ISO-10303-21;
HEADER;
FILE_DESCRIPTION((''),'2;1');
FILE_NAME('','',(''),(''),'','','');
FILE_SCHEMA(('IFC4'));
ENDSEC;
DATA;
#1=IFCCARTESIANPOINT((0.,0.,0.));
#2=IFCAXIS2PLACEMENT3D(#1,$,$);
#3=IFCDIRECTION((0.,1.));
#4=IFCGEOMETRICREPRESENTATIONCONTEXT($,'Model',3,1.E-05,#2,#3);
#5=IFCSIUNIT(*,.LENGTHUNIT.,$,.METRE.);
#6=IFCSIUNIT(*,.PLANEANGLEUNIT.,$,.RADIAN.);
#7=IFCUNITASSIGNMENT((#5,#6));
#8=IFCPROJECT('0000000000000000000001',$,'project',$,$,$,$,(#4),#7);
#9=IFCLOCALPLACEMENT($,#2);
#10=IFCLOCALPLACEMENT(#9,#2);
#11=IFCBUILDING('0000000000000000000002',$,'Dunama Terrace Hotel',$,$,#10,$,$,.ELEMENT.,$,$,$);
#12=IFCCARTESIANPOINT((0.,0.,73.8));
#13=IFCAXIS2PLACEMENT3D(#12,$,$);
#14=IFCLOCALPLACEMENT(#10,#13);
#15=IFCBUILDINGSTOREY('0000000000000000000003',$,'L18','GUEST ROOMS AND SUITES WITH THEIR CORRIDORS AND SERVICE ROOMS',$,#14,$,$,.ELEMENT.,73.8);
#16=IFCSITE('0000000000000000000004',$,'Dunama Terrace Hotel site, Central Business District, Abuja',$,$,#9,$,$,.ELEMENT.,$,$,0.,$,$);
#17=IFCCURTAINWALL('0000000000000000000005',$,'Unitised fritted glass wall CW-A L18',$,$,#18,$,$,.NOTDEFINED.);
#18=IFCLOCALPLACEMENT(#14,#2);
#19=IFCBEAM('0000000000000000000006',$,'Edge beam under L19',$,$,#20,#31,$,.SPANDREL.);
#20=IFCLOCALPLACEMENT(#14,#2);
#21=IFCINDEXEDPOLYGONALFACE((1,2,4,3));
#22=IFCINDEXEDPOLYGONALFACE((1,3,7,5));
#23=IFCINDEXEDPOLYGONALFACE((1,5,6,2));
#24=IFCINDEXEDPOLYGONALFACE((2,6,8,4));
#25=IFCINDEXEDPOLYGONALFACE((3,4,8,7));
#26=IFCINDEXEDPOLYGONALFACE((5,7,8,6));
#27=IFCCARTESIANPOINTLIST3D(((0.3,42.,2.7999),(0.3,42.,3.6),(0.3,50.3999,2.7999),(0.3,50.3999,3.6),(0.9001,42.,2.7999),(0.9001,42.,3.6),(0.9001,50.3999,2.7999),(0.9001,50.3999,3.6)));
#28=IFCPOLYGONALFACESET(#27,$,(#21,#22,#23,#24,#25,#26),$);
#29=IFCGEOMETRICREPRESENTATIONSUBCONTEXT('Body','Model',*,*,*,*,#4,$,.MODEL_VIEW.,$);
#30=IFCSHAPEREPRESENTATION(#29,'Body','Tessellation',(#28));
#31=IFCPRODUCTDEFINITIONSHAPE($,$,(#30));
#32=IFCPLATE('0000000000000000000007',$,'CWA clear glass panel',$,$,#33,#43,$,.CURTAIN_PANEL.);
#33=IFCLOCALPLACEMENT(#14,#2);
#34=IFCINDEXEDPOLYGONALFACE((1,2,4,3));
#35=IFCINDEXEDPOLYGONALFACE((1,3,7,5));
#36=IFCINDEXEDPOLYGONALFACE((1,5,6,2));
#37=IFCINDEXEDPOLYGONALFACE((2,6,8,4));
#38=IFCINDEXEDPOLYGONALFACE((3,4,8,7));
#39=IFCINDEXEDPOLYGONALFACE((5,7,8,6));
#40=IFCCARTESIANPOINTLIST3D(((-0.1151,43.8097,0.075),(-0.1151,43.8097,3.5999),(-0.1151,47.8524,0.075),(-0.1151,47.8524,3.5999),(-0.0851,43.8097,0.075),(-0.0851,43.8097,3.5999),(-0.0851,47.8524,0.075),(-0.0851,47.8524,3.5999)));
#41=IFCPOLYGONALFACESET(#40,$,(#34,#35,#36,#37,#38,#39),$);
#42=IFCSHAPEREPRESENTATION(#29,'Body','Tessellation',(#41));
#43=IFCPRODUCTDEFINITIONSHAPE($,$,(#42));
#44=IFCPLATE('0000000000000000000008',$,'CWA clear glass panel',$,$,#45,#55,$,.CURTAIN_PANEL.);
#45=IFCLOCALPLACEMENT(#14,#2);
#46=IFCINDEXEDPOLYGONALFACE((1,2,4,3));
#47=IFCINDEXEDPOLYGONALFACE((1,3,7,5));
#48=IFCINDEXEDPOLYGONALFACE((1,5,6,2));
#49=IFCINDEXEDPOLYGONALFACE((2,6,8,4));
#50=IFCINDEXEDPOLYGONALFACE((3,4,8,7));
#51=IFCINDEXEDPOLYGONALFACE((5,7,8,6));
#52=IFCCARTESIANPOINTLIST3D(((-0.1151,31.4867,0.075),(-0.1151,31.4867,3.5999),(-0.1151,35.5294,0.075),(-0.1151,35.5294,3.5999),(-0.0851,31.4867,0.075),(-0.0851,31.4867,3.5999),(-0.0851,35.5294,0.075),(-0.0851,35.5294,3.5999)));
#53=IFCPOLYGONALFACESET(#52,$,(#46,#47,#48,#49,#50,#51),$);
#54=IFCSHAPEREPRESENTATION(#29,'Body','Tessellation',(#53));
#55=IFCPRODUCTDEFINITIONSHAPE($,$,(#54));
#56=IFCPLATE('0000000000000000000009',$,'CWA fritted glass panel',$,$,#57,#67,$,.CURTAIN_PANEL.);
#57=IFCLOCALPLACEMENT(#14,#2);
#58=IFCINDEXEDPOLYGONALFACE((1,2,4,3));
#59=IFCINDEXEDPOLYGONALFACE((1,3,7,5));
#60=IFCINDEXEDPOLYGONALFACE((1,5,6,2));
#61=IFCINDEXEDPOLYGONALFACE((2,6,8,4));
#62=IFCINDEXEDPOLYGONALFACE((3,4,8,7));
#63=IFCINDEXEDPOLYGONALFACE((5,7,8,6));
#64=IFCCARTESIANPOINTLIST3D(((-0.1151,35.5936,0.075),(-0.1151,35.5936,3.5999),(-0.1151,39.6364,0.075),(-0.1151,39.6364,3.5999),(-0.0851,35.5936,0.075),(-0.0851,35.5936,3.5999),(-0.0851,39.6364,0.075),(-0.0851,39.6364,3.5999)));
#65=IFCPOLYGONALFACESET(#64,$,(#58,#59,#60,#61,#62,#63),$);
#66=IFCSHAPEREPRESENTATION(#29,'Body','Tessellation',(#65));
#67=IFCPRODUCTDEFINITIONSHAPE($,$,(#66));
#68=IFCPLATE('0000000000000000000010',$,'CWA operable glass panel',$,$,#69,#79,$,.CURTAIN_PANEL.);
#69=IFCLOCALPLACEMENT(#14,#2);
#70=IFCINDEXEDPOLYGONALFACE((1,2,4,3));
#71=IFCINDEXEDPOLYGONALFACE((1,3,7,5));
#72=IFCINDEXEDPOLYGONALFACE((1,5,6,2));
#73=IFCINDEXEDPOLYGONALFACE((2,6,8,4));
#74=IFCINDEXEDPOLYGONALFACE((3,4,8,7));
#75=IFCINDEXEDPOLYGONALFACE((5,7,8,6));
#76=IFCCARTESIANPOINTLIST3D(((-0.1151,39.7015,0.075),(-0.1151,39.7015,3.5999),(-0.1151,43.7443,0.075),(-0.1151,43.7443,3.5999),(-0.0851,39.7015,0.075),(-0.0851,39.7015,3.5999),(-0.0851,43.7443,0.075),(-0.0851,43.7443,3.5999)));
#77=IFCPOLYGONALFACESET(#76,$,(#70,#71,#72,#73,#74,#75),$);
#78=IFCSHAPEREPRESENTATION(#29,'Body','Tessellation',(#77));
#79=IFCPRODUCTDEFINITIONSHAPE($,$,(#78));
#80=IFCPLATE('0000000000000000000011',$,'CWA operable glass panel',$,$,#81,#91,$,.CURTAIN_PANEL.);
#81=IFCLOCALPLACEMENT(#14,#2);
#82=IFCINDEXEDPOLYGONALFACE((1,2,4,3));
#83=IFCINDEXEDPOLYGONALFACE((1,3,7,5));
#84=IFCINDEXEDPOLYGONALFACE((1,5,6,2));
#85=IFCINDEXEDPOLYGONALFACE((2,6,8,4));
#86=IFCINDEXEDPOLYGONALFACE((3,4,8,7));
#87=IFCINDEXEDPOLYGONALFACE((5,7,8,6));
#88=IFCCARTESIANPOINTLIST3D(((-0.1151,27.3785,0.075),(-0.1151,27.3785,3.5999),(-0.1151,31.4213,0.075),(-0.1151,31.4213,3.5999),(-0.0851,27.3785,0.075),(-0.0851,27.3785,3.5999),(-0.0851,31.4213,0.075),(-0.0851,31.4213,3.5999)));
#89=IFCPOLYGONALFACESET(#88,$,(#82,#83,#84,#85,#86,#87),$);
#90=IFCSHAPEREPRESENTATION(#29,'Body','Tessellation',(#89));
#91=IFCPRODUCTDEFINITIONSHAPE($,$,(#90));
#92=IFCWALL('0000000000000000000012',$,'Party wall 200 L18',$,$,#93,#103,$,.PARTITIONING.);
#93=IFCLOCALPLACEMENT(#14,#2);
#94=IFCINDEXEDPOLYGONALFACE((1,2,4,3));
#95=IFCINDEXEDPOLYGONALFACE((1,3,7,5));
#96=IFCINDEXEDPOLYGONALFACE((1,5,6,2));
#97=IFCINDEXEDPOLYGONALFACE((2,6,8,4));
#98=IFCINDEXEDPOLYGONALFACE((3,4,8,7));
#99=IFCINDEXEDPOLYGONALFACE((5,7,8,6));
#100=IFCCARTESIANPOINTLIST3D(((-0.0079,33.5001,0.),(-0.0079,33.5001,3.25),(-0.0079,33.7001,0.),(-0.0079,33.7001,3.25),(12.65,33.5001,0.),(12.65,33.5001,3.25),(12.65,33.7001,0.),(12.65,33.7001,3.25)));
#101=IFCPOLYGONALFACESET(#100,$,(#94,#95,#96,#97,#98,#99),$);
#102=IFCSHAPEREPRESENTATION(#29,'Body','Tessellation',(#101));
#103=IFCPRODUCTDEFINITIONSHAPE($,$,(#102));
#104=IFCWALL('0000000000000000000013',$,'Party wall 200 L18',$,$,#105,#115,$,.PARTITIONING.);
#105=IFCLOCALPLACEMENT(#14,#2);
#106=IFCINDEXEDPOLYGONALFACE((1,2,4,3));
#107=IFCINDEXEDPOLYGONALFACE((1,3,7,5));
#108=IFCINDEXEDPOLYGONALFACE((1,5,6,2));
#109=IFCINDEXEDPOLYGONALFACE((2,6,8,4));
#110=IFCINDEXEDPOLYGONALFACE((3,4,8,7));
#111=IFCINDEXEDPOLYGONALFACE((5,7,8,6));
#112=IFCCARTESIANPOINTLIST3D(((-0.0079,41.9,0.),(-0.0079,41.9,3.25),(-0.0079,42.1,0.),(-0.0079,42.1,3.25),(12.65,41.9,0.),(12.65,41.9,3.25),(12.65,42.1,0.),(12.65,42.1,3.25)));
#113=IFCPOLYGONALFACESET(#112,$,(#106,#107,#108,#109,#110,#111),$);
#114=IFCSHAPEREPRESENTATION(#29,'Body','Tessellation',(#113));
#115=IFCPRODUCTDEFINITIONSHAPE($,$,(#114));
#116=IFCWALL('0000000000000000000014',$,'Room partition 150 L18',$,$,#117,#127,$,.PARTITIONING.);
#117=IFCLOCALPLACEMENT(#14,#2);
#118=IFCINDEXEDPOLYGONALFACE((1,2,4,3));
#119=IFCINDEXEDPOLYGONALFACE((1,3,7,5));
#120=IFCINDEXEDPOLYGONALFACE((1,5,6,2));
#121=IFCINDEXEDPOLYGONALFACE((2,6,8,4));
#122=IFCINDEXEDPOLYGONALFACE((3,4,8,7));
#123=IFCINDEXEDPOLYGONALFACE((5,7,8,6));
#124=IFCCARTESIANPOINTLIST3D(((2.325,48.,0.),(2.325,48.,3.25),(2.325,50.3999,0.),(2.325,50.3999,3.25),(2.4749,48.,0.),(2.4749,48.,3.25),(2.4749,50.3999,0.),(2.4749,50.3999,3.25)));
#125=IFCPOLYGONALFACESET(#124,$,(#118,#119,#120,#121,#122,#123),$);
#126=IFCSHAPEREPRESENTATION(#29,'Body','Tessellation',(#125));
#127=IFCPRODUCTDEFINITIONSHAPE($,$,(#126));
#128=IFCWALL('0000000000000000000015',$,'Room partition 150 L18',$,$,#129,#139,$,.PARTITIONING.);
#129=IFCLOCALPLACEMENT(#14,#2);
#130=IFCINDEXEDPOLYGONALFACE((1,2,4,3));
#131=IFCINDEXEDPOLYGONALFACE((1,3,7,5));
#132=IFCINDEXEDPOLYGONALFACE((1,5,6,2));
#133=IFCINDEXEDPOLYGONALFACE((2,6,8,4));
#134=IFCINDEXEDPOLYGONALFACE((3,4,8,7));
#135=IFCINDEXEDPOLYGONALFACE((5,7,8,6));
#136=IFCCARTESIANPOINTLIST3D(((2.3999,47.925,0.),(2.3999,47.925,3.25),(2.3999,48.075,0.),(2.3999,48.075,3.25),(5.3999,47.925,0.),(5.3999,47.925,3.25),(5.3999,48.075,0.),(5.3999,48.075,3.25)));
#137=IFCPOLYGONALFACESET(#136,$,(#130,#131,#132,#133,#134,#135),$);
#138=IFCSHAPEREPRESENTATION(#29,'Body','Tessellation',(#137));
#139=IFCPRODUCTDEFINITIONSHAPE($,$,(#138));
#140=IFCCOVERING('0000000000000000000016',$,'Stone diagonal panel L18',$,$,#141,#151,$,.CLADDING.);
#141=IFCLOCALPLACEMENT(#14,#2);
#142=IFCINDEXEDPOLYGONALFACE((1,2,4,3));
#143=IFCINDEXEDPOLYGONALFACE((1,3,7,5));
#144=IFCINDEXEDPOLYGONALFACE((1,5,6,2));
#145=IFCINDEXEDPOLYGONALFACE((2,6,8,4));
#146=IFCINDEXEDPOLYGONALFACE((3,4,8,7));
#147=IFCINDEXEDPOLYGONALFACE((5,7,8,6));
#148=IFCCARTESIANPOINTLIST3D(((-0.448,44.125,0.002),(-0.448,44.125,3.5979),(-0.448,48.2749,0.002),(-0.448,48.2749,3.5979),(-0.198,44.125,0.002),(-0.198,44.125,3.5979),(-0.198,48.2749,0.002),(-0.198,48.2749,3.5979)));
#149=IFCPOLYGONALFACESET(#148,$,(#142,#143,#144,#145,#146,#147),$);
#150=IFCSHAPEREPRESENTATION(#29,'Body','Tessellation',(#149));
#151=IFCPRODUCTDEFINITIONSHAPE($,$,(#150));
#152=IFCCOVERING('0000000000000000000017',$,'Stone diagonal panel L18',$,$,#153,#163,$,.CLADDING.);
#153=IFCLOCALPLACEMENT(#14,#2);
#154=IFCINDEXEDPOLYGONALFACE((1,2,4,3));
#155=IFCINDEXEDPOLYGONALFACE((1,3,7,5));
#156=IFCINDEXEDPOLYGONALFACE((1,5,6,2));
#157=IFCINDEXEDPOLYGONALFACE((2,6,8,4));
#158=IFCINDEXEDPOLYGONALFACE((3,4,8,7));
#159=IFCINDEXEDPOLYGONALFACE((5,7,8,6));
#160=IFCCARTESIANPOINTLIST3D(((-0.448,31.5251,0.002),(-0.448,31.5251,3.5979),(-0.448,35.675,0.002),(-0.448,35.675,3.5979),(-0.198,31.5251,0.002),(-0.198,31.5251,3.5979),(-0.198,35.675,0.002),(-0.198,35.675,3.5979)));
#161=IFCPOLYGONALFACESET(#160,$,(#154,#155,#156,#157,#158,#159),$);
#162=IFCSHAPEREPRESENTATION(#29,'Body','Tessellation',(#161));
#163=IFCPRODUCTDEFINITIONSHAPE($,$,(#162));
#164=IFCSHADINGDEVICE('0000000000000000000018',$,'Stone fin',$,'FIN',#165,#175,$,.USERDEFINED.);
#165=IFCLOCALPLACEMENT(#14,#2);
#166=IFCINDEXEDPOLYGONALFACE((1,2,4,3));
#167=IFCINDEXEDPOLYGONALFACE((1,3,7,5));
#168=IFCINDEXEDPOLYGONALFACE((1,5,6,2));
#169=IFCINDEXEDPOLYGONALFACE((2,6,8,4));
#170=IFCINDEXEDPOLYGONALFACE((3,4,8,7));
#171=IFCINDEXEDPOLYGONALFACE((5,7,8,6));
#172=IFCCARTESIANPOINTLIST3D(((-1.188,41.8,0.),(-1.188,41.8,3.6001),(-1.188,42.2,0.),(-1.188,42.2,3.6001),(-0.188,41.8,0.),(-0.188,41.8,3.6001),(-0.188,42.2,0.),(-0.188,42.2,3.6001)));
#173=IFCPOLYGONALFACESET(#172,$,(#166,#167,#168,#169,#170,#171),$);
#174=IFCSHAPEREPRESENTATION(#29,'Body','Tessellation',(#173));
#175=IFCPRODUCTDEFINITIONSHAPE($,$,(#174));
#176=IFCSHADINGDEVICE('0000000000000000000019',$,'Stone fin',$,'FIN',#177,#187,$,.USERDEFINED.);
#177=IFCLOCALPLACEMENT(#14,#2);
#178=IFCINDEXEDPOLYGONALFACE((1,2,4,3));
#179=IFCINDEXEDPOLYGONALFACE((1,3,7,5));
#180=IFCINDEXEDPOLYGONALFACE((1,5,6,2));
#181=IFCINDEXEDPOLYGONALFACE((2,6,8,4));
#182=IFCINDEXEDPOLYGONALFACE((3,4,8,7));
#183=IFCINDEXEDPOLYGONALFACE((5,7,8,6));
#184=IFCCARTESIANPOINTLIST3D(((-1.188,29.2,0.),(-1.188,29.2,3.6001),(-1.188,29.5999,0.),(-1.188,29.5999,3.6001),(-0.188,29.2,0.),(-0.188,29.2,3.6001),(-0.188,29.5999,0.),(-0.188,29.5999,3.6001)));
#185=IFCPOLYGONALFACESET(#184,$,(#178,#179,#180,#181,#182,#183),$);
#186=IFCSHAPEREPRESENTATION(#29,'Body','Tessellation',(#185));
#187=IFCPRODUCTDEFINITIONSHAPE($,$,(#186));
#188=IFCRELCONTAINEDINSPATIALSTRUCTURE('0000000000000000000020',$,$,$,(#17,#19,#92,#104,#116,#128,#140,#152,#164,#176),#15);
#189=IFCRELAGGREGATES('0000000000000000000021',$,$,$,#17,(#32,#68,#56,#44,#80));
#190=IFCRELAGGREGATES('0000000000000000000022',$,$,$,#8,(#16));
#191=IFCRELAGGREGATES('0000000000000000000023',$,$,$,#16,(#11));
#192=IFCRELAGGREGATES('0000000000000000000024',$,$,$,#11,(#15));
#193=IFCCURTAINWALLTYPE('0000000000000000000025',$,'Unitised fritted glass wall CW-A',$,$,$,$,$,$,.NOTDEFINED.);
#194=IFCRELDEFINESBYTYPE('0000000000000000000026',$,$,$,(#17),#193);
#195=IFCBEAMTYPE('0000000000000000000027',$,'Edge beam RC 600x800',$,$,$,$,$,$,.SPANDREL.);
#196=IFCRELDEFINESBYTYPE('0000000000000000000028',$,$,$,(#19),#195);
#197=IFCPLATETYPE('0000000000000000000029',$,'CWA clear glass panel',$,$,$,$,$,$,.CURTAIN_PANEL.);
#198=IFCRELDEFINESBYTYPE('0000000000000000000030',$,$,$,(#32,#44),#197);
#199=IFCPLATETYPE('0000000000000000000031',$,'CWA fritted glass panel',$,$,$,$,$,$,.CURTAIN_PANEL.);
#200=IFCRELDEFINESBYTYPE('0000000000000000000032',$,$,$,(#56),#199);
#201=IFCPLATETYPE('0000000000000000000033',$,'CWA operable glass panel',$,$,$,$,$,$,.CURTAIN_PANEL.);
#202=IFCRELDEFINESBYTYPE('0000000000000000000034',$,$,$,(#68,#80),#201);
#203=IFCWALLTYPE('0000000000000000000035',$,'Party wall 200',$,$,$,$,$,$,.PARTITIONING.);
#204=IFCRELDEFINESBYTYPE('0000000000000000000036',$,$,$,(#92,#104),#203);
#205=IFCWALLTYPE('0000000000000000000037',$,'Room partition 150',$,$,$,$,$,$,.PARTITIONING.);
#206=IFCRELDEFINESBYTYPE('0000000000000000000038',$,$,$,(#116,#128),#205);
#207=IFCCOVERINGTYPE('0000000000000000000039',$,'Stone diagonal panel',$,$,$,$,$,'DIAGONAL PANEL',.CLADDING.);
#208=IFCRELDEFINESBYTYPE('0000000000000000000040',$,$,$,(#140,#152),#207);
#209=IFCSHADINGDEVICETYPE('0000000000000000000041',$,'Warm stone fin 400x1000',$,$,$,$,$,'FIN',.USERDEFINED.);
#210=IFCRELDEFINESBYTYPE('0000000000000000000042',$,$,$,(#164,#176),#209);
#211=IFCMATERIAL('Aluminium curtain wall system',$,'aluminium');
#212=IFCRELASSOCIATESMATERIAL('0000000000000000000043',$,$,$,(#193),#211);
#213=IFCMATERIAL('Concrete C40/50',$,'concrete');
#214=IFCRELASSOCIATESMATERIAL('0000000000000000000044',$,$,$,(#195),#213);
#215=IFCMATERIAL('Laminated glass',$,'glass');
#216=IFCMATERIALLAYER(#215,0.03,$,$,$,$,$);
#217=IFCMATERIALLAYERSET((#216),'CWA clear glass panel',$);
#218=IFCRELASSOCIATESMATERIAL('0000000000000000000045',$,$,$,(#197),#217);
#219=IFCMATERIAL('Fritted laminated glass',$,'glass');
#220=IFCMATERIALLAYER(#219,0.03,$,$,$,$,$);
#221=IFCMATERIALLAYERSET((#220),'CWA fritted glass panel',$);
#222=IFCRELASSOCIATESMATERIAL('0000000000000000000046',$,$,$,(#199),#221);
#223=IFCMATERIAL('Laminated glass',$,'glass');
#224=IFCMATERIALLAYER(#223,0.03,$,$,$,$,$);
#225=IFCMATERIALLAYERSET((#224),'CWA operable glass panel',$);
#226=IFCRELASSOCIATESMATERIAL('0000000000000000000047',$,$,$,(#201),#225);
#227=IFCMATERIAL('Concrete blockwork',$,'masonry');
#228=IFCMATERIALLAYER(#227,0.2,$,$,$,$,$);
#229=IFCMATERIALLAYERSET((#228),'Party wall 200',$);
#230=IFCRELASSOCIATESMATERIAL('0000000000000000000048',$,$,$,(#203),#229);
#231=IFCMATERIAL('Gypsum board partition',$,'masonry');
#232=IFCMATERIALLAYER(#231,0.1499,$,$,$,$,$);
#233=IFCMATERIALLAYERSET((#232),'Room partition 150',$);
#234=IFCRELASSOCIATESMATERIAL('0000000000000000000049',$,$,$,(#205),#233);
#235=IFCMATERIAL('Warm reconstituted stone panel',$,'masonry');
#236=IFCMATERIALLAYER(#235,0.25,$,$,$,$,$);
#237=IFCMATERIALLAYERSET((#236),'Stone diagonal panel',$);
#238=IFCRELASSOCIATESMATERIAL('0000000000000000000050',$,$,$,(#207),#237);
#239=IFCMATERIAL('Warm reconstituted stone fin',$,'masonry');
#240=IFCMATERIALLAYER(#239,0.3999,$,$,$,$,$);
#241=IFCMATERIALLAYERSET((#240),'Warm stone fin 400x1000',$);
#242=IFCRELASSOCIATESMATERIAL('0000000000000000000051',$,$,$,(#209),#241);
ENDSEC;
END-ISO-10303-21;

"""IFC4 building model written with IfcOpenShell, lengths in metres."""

from ifc_helpers import new_model, si_unit, direction, frame, frame_2d, origin, origin_2d, place, context, subcontext, project, spatial, rectangle, extrude, material, layer, layer_set, material_profile, profile_set, type_object, element, aggregate, save


model = new_model("IFC4")

# Units and contexts
model_context = context("Model", 3, precision=1e-05, world=origin(), true_north=direction((0.0, 1.0)))
body_context = subcontext(model_context, "Body", "Model", "MODEL_VIEW")
ifc_project = project(units=[si_unit("LENGTHUNIT", "METRE"), si_unit("PLANEANGLEUNIT", "RADIAN")], contexts=[model_context])

# Site, building, storey
site_placement = place(None, origin())
site = spatial("IfcSite", under=ifc_project, at=site_placement, Name="Dunama Terrace Hotel site, Central Business District, Abuja", CompositionType="ELEMENT", RefElevation=0.0)
building_placement = place(site_placement, origin())
building = spatial("IfcBuilding", under=site, at=building_placement, Name="Dunama Terrace Hotel", CompositionType="ELEMENT")
storey_placement = place(building_placement, frame((0.0, 0.0, 73.8)))
storey = spatial("IfcBuildingStorey", under=building, at=storey_placement, Name="L18", Description="GUEST ROOMS AND SUITES WITH THEIR CORRIDORS AND SERVICE ROOMS", CompositionType="ELEMENT", Elevation=73.8)

# Curtain wall
ifc_material_1 = material(Name="Aluminium curtain wall system", Category="aluminium")
curtain_wall_type = type_object("IfcCurtainWallType", Name="Unitised fritted glass wall CW-A", PredefinedType="NOTDEFINED", material=ifc_material_1)
curtain_wall_placement = place(storey_placement, origin())
curtain_wall = element("IfcCurtainWall", 1, at=curtain_wall_placement, inside=storey, type_object=curtain_wall_type, Name="Unitised fritted glass wall CW-A L18", PredefinedType="NOTDEFINED")

# Beam
ifc_material_2 = material(Name="Concrete C40/50", Category="concrete")
ifc_material_profile_1 = material_profile(ifc_material_2, rectangle(XDim=0.6001, YDim=0.8, at=origin_2d()), Name="RC 600x800")
ifc_profile_set_1 = profile_set([ifc_material_profile_1], Name="Concrete C40/50")
beam_type = type_object("IfcBeamType", Name="Edge beam RC 600x800", PredefinedType="SPANDREL", material=ifc_profile_set_1)
for number, where, z_axis, x_axis, name in (
    (2, (0.6001, 42.0, 3.2), (0.0, 1.0, 0.0), (-1.0, 0.0, 0.0), "Edge beam under L19"),
):
    element("IfcBeam", number, at=place(storey_placement, frame(where, z_axis=z_axis, x_axis=x_axis)), inside=storey, type_object=beam_type, Name=name, PredefinedType="SPANDREL", context=body_context, shape_type="SweptSolid", body=[
        extrude(rectangle(XDim=0.6001, YDim=0.8, at=origin_2d()), origin(), (0.0, 0.0, 1.0), 8.3999),
    ])

# Plates
ifc_material_3 = material(Name="Laminated glass", Category="glass")
ifc_layer_1 = layer(ifc_material_3, 0.03)
ifc_layer_set_1 = layer_set([ifc_layer_1], Name="CWA clear glass panel")
plate_type_1 = type_object("IfcPlateType", Name="CWA clear glass panel", PredefinedType="CURTAIN_PANEL", material=ifc_layer_set_1)
plate_1_placement = place(storey_placement, frame((-0.1001, 45.8311, 0.075), z_axis=(0.0, 0.0, 1.0), x_axis=(0.0, -1.0, 0.0)))
plate_1 = element("IfcPlate", 3, at=plate_1_placement, type_object=plate_type_1, Name="CWA clear glass panel", PredefinedType="CURTAIN_PANEL", context=body_context, shape_type="SweptSolid", body=[
    extrude(rectangle(XDim=4.0427, YDim=0.03, at=origin_2d()), origin(), (0.0, 0.0, 1.0), 3.5249),
])
plate_2_placement = place(storey_placement, frame((-0.1001, 33.5081, 0.075), z_axis=(0.0, 0.0, 1.0), x_axis=(0.0, -1.0, 0.0)))
plate_2 = element("IfcPlate", 4, at=plate_2_placement, type_object=plate_type_1, Name="CWA clear glass panel", PredefinedType="CURTAIN_PANEL", context=body_context, shape_type="SweptSolid", body=[
    extrude(rectangle(XDim=4.0427, YDim=0.03, at=origin_2d()), origin(), (0.0, 0.0, 1.0), 3.5249),
])
ifc_material_4 = material(Name="Fritted laminated glass", Category="glass")
ifc_layer_2 = layer(ifc_material_4, 0.03)
ifc_layer_set_2 = layer_set([ifc_layer_2], Name="CWA fritted glass panel")
plate_type_2 = type_object("IfcPlateType", Name="CWA fritted glass panel", PredefinedType="CURTAIN_PANEL", material=ifc_layer_set_2)
plate_3_placement = place(storey_placement, frame((-0.1001, 37.615, 0.075), z_axis=(0.0, 0.0, 1.0), x_axis=(0.0, -1.0, 0.0)))
plate_3 = element("IfcPlate", 5, at=plate_3_placement, type_object=plate_type_2, Name="CWA fritted glass panel", PredefinedType="CURTAIN_PANEL", context=body_context, shape_type="SweptSolid", body=[
    extrude(rectangle(XDim=4.0427, YDim=0.03, at=origin_2d()), origin(), (0.0, 0.0, 1.0), 3.5249),
])
ifc_material_5 = material(Name="Laminated glass", Category="glass")
ifc_layer_3 = layer(ifc_material_5, 0.03)
ifc_layer_set_3 = layer_set([ifc_layer_3], Name="CWA operable glass panel")
plate_type_3 = type_object("IfcPlateType", Name="CWA operable glass panel", PredefinedType="CURTAIN_PANEL", material=ifc_layer_set_3)
plate_4_placement = place(storey_placement, frame((-0.1001, 41.7229, 0.075), z_axis=(0.0, 0.0, 1.0), x_axis=(0.0, -1.0, 0.0)))
plate_4 = element("IfcPlate", 6, at=plate_4_placement, type_object=plate_type_3, Name="CWA operable glass panel", PredefinedType="CURTAIN_PANEL", context=body_context, shape_type="SweptSolid", body=[
    extrude(rectangle(XDim=4.0427, YDim=0.03, at=origin_2d()), origin(), (0.0, 0.0, 1.0), 3.5249),
])
plate_5_placement = place(storey_placement, frame((-0.1001, 29.3999, 0.075), z_axis=(0.0, 0.0, 1.0), x_axis=(0.0, -1.0, 0.0)))
plate_5 = element("IfcPlate", 7, at=plate_5_placement, type_object=plate_type_3, Name="CWA operable glass panel", PredefinedType="CURTAIN_PANEL", context=body_context, shape_type="SweptSolid", body=[
    extrude(rectangle(XDim=4.0427, YDim=0.03, at=origin_2d()), origin(), (0.0, 0.0, 1.0), 3.5249),
])
aggregate(curtain_wall, [plate_1, plate_4, plate_3, plate_2, plate_5])

# Walls
ifc_material_6 = material(Name="Concrete blockwork", Category="masonry")
ifc_layer_4 = layer(ifc_material_6, 0.2)
ifc_layer_set_4 = layer_set([ifc_layer_4], Name="Party wall 200")
wall_type_1 = type_object("IfcWallType", Name="Party wall 200", PredefinedType="PARTITIONING", material=ifc_layer_set_4)
for number, where, z_axis, x_axis, name in (
    (8, (-0.0081, 33.6001, 0.0), (0.0, 0.0, 1.0), (1.0, 0.0, 0.0), "Party wall 200 L18"),
    (9, (-0.0081, 42.0, 0.0), (0.0, 0.0, 1.0), (1.0, 0.0, 0.0), "Party wall 200 L18"),
):
    element("IfcWall", number, at=place(storey_placement, frame(where, z_axis=z_axis, x_axis=x_axis)), inside=storey, type_object=wall_type_1, Name=name, PredefinedType="PARTITIONING", context=body_context, shape_type="SweptSolid", body=[
        extrude(rectangle(XDim=12.658, YDim=0.2, at=frame_2d((6.3291, 0.0))), origin(), (0.0, 0.0, 1.0), 3.25),
    ])
ifc_material_7 = material(Name="Gypsum board partition", Category="masonry")
ifc_layer_5 = layer(ifc_material_7, 0.1499)
ifc_layer_set_5 = layer_set([ifc_layer_5], Name="Room partition 150")
wall_type_2 = type_object("IfcWallType", Name="Room partition 150", PredefinedType="PARTITIONING", material=ifc_layer_set_5)
wall_1_placement = place(storey_placement, frame((2.3999, 48.0, 0.0), z_axis=(0.0, 0.0, 1.0), x_axis=(0.0, 1.0, 0.0)))
element("IfcWall", 10, at=wall_1_placement, inside=storey, type_object=wall_type_2, Name="Room partition 150 L18", PredefinedType="PARTITIONING", context=body_context, shape_type="SweptSolid", body=[
    extrude(rectangle(XDim=2.3999, YDim=0.1499, at=frame_2d((1.2, 0.0))), origin(), (0.0, 0.0, 1.0), 3.25),
])
wall_2_placement = place(storey_placement, frame((2.3999, 48.0, 0.0), z_axis=(0.0, 0.0, 1.0), x_axis=(1.0, 0.0, 0.0)))
element("IfcWall", 11, at=wall_2_placement, inside=storey, type_object=wall_type_2, Name="Room partition 150 L18", PredefinedType="PARTITIONING", context=body_context, shape_type="SweptSolid", body=[
    extrude(rectangle(XDim=3.0, YDim=0.1499, at=frame_2d((1.5, 0.0))), origin(), (0.0, 0.0, 1.0), 3.25),
])

# Coverings
ifc_material_8 = material(Name="Warm reconstituted stone panel", Category="masonry")
ifc_layer_6 = layer(ifc_material_8, 0.25)
ifc_layer_set_6 = layer_set([ifc_layer_6], Name="Stone diagonal panel")
covering_type = type_object("IfcCoveringType", Name="Stone diagonal panel", ElementType="DIAGONAL PANEL", PredefinedType="CLADDING", material=ifc_layer_set_6)
for number, where, z_axis, x_axis, name in (
    (12, (-0.323, 46.2, 0.002), (0.0, 0.0, 1.0), (0.0, -1.0, 0.0), "Stone diagonal panel L18"),
    (13, (-0.323, 33.6001, 0.002), (0.0, 0.0, 1.0), (0.0, -1.0, 0.0), "Stone diagonal panel L18"),
):
    element("IfcCovering", number, at=place(storey_placement, frame(where, z_axis=z_axis, x_axis=x_axis)), inside=storey, type_object=covering_type, Name=name, PredefinedType="CLADDING", context=body_context, shape_type="SweptSolid", body=[
        extrude(rectangle(XDim=4.1499, YDim=0.25, at=origin_2d()), origin(), (0.0, 0.0, 1.0), 3.5959),
    ])

# Shading devices
ifc_material_9 = material(Name="Warm reconstituted stone fin", Category="masonry")
ifc_layer_7 = layer(ifc_material_9, 0.3999)
ifc_layer_set_7 = layer_set([ifc_layer_7], Name="Warm stone fin 400x1000")
shading_device_type = type_object("IfcShadingDeviceType", Name="Warm stone fin 400x1000", ElementType="FIN", PredefinedType="USERDEFINED", material=ifc_layer_set_7)
for number, where, z_axis, x_axis, name in (
    (14, (-0.688, 42.0, 0.0), (0.0, 0.0, 1.0), (0.0, -1.0, 0.0), "Stone fin"),
    (15, (-0.688, 29.3999, 0.0), (0.0, 0.0, 1.0), (0.0, -1.0, 0.0), "Stone fin"),
):
    element("IfcShadingDevice", number, at=place(storey_placement, frame(where, z_axis=z_axis, x_axis=x_axis)), inside=storey, type_object=shading_device_type, Name=name, ObjectType="FIN", PredefinedType="USERDEFINED", context=body_context, shape_type="SweptSolid", body=[
        extrude(rectangle(XDim=0.3999, YDim=1.0, at=origin_2d()), origin(), (0.0, 0.0, 1.0), 3.6001),
    ])

save(model, "model.ifc")
